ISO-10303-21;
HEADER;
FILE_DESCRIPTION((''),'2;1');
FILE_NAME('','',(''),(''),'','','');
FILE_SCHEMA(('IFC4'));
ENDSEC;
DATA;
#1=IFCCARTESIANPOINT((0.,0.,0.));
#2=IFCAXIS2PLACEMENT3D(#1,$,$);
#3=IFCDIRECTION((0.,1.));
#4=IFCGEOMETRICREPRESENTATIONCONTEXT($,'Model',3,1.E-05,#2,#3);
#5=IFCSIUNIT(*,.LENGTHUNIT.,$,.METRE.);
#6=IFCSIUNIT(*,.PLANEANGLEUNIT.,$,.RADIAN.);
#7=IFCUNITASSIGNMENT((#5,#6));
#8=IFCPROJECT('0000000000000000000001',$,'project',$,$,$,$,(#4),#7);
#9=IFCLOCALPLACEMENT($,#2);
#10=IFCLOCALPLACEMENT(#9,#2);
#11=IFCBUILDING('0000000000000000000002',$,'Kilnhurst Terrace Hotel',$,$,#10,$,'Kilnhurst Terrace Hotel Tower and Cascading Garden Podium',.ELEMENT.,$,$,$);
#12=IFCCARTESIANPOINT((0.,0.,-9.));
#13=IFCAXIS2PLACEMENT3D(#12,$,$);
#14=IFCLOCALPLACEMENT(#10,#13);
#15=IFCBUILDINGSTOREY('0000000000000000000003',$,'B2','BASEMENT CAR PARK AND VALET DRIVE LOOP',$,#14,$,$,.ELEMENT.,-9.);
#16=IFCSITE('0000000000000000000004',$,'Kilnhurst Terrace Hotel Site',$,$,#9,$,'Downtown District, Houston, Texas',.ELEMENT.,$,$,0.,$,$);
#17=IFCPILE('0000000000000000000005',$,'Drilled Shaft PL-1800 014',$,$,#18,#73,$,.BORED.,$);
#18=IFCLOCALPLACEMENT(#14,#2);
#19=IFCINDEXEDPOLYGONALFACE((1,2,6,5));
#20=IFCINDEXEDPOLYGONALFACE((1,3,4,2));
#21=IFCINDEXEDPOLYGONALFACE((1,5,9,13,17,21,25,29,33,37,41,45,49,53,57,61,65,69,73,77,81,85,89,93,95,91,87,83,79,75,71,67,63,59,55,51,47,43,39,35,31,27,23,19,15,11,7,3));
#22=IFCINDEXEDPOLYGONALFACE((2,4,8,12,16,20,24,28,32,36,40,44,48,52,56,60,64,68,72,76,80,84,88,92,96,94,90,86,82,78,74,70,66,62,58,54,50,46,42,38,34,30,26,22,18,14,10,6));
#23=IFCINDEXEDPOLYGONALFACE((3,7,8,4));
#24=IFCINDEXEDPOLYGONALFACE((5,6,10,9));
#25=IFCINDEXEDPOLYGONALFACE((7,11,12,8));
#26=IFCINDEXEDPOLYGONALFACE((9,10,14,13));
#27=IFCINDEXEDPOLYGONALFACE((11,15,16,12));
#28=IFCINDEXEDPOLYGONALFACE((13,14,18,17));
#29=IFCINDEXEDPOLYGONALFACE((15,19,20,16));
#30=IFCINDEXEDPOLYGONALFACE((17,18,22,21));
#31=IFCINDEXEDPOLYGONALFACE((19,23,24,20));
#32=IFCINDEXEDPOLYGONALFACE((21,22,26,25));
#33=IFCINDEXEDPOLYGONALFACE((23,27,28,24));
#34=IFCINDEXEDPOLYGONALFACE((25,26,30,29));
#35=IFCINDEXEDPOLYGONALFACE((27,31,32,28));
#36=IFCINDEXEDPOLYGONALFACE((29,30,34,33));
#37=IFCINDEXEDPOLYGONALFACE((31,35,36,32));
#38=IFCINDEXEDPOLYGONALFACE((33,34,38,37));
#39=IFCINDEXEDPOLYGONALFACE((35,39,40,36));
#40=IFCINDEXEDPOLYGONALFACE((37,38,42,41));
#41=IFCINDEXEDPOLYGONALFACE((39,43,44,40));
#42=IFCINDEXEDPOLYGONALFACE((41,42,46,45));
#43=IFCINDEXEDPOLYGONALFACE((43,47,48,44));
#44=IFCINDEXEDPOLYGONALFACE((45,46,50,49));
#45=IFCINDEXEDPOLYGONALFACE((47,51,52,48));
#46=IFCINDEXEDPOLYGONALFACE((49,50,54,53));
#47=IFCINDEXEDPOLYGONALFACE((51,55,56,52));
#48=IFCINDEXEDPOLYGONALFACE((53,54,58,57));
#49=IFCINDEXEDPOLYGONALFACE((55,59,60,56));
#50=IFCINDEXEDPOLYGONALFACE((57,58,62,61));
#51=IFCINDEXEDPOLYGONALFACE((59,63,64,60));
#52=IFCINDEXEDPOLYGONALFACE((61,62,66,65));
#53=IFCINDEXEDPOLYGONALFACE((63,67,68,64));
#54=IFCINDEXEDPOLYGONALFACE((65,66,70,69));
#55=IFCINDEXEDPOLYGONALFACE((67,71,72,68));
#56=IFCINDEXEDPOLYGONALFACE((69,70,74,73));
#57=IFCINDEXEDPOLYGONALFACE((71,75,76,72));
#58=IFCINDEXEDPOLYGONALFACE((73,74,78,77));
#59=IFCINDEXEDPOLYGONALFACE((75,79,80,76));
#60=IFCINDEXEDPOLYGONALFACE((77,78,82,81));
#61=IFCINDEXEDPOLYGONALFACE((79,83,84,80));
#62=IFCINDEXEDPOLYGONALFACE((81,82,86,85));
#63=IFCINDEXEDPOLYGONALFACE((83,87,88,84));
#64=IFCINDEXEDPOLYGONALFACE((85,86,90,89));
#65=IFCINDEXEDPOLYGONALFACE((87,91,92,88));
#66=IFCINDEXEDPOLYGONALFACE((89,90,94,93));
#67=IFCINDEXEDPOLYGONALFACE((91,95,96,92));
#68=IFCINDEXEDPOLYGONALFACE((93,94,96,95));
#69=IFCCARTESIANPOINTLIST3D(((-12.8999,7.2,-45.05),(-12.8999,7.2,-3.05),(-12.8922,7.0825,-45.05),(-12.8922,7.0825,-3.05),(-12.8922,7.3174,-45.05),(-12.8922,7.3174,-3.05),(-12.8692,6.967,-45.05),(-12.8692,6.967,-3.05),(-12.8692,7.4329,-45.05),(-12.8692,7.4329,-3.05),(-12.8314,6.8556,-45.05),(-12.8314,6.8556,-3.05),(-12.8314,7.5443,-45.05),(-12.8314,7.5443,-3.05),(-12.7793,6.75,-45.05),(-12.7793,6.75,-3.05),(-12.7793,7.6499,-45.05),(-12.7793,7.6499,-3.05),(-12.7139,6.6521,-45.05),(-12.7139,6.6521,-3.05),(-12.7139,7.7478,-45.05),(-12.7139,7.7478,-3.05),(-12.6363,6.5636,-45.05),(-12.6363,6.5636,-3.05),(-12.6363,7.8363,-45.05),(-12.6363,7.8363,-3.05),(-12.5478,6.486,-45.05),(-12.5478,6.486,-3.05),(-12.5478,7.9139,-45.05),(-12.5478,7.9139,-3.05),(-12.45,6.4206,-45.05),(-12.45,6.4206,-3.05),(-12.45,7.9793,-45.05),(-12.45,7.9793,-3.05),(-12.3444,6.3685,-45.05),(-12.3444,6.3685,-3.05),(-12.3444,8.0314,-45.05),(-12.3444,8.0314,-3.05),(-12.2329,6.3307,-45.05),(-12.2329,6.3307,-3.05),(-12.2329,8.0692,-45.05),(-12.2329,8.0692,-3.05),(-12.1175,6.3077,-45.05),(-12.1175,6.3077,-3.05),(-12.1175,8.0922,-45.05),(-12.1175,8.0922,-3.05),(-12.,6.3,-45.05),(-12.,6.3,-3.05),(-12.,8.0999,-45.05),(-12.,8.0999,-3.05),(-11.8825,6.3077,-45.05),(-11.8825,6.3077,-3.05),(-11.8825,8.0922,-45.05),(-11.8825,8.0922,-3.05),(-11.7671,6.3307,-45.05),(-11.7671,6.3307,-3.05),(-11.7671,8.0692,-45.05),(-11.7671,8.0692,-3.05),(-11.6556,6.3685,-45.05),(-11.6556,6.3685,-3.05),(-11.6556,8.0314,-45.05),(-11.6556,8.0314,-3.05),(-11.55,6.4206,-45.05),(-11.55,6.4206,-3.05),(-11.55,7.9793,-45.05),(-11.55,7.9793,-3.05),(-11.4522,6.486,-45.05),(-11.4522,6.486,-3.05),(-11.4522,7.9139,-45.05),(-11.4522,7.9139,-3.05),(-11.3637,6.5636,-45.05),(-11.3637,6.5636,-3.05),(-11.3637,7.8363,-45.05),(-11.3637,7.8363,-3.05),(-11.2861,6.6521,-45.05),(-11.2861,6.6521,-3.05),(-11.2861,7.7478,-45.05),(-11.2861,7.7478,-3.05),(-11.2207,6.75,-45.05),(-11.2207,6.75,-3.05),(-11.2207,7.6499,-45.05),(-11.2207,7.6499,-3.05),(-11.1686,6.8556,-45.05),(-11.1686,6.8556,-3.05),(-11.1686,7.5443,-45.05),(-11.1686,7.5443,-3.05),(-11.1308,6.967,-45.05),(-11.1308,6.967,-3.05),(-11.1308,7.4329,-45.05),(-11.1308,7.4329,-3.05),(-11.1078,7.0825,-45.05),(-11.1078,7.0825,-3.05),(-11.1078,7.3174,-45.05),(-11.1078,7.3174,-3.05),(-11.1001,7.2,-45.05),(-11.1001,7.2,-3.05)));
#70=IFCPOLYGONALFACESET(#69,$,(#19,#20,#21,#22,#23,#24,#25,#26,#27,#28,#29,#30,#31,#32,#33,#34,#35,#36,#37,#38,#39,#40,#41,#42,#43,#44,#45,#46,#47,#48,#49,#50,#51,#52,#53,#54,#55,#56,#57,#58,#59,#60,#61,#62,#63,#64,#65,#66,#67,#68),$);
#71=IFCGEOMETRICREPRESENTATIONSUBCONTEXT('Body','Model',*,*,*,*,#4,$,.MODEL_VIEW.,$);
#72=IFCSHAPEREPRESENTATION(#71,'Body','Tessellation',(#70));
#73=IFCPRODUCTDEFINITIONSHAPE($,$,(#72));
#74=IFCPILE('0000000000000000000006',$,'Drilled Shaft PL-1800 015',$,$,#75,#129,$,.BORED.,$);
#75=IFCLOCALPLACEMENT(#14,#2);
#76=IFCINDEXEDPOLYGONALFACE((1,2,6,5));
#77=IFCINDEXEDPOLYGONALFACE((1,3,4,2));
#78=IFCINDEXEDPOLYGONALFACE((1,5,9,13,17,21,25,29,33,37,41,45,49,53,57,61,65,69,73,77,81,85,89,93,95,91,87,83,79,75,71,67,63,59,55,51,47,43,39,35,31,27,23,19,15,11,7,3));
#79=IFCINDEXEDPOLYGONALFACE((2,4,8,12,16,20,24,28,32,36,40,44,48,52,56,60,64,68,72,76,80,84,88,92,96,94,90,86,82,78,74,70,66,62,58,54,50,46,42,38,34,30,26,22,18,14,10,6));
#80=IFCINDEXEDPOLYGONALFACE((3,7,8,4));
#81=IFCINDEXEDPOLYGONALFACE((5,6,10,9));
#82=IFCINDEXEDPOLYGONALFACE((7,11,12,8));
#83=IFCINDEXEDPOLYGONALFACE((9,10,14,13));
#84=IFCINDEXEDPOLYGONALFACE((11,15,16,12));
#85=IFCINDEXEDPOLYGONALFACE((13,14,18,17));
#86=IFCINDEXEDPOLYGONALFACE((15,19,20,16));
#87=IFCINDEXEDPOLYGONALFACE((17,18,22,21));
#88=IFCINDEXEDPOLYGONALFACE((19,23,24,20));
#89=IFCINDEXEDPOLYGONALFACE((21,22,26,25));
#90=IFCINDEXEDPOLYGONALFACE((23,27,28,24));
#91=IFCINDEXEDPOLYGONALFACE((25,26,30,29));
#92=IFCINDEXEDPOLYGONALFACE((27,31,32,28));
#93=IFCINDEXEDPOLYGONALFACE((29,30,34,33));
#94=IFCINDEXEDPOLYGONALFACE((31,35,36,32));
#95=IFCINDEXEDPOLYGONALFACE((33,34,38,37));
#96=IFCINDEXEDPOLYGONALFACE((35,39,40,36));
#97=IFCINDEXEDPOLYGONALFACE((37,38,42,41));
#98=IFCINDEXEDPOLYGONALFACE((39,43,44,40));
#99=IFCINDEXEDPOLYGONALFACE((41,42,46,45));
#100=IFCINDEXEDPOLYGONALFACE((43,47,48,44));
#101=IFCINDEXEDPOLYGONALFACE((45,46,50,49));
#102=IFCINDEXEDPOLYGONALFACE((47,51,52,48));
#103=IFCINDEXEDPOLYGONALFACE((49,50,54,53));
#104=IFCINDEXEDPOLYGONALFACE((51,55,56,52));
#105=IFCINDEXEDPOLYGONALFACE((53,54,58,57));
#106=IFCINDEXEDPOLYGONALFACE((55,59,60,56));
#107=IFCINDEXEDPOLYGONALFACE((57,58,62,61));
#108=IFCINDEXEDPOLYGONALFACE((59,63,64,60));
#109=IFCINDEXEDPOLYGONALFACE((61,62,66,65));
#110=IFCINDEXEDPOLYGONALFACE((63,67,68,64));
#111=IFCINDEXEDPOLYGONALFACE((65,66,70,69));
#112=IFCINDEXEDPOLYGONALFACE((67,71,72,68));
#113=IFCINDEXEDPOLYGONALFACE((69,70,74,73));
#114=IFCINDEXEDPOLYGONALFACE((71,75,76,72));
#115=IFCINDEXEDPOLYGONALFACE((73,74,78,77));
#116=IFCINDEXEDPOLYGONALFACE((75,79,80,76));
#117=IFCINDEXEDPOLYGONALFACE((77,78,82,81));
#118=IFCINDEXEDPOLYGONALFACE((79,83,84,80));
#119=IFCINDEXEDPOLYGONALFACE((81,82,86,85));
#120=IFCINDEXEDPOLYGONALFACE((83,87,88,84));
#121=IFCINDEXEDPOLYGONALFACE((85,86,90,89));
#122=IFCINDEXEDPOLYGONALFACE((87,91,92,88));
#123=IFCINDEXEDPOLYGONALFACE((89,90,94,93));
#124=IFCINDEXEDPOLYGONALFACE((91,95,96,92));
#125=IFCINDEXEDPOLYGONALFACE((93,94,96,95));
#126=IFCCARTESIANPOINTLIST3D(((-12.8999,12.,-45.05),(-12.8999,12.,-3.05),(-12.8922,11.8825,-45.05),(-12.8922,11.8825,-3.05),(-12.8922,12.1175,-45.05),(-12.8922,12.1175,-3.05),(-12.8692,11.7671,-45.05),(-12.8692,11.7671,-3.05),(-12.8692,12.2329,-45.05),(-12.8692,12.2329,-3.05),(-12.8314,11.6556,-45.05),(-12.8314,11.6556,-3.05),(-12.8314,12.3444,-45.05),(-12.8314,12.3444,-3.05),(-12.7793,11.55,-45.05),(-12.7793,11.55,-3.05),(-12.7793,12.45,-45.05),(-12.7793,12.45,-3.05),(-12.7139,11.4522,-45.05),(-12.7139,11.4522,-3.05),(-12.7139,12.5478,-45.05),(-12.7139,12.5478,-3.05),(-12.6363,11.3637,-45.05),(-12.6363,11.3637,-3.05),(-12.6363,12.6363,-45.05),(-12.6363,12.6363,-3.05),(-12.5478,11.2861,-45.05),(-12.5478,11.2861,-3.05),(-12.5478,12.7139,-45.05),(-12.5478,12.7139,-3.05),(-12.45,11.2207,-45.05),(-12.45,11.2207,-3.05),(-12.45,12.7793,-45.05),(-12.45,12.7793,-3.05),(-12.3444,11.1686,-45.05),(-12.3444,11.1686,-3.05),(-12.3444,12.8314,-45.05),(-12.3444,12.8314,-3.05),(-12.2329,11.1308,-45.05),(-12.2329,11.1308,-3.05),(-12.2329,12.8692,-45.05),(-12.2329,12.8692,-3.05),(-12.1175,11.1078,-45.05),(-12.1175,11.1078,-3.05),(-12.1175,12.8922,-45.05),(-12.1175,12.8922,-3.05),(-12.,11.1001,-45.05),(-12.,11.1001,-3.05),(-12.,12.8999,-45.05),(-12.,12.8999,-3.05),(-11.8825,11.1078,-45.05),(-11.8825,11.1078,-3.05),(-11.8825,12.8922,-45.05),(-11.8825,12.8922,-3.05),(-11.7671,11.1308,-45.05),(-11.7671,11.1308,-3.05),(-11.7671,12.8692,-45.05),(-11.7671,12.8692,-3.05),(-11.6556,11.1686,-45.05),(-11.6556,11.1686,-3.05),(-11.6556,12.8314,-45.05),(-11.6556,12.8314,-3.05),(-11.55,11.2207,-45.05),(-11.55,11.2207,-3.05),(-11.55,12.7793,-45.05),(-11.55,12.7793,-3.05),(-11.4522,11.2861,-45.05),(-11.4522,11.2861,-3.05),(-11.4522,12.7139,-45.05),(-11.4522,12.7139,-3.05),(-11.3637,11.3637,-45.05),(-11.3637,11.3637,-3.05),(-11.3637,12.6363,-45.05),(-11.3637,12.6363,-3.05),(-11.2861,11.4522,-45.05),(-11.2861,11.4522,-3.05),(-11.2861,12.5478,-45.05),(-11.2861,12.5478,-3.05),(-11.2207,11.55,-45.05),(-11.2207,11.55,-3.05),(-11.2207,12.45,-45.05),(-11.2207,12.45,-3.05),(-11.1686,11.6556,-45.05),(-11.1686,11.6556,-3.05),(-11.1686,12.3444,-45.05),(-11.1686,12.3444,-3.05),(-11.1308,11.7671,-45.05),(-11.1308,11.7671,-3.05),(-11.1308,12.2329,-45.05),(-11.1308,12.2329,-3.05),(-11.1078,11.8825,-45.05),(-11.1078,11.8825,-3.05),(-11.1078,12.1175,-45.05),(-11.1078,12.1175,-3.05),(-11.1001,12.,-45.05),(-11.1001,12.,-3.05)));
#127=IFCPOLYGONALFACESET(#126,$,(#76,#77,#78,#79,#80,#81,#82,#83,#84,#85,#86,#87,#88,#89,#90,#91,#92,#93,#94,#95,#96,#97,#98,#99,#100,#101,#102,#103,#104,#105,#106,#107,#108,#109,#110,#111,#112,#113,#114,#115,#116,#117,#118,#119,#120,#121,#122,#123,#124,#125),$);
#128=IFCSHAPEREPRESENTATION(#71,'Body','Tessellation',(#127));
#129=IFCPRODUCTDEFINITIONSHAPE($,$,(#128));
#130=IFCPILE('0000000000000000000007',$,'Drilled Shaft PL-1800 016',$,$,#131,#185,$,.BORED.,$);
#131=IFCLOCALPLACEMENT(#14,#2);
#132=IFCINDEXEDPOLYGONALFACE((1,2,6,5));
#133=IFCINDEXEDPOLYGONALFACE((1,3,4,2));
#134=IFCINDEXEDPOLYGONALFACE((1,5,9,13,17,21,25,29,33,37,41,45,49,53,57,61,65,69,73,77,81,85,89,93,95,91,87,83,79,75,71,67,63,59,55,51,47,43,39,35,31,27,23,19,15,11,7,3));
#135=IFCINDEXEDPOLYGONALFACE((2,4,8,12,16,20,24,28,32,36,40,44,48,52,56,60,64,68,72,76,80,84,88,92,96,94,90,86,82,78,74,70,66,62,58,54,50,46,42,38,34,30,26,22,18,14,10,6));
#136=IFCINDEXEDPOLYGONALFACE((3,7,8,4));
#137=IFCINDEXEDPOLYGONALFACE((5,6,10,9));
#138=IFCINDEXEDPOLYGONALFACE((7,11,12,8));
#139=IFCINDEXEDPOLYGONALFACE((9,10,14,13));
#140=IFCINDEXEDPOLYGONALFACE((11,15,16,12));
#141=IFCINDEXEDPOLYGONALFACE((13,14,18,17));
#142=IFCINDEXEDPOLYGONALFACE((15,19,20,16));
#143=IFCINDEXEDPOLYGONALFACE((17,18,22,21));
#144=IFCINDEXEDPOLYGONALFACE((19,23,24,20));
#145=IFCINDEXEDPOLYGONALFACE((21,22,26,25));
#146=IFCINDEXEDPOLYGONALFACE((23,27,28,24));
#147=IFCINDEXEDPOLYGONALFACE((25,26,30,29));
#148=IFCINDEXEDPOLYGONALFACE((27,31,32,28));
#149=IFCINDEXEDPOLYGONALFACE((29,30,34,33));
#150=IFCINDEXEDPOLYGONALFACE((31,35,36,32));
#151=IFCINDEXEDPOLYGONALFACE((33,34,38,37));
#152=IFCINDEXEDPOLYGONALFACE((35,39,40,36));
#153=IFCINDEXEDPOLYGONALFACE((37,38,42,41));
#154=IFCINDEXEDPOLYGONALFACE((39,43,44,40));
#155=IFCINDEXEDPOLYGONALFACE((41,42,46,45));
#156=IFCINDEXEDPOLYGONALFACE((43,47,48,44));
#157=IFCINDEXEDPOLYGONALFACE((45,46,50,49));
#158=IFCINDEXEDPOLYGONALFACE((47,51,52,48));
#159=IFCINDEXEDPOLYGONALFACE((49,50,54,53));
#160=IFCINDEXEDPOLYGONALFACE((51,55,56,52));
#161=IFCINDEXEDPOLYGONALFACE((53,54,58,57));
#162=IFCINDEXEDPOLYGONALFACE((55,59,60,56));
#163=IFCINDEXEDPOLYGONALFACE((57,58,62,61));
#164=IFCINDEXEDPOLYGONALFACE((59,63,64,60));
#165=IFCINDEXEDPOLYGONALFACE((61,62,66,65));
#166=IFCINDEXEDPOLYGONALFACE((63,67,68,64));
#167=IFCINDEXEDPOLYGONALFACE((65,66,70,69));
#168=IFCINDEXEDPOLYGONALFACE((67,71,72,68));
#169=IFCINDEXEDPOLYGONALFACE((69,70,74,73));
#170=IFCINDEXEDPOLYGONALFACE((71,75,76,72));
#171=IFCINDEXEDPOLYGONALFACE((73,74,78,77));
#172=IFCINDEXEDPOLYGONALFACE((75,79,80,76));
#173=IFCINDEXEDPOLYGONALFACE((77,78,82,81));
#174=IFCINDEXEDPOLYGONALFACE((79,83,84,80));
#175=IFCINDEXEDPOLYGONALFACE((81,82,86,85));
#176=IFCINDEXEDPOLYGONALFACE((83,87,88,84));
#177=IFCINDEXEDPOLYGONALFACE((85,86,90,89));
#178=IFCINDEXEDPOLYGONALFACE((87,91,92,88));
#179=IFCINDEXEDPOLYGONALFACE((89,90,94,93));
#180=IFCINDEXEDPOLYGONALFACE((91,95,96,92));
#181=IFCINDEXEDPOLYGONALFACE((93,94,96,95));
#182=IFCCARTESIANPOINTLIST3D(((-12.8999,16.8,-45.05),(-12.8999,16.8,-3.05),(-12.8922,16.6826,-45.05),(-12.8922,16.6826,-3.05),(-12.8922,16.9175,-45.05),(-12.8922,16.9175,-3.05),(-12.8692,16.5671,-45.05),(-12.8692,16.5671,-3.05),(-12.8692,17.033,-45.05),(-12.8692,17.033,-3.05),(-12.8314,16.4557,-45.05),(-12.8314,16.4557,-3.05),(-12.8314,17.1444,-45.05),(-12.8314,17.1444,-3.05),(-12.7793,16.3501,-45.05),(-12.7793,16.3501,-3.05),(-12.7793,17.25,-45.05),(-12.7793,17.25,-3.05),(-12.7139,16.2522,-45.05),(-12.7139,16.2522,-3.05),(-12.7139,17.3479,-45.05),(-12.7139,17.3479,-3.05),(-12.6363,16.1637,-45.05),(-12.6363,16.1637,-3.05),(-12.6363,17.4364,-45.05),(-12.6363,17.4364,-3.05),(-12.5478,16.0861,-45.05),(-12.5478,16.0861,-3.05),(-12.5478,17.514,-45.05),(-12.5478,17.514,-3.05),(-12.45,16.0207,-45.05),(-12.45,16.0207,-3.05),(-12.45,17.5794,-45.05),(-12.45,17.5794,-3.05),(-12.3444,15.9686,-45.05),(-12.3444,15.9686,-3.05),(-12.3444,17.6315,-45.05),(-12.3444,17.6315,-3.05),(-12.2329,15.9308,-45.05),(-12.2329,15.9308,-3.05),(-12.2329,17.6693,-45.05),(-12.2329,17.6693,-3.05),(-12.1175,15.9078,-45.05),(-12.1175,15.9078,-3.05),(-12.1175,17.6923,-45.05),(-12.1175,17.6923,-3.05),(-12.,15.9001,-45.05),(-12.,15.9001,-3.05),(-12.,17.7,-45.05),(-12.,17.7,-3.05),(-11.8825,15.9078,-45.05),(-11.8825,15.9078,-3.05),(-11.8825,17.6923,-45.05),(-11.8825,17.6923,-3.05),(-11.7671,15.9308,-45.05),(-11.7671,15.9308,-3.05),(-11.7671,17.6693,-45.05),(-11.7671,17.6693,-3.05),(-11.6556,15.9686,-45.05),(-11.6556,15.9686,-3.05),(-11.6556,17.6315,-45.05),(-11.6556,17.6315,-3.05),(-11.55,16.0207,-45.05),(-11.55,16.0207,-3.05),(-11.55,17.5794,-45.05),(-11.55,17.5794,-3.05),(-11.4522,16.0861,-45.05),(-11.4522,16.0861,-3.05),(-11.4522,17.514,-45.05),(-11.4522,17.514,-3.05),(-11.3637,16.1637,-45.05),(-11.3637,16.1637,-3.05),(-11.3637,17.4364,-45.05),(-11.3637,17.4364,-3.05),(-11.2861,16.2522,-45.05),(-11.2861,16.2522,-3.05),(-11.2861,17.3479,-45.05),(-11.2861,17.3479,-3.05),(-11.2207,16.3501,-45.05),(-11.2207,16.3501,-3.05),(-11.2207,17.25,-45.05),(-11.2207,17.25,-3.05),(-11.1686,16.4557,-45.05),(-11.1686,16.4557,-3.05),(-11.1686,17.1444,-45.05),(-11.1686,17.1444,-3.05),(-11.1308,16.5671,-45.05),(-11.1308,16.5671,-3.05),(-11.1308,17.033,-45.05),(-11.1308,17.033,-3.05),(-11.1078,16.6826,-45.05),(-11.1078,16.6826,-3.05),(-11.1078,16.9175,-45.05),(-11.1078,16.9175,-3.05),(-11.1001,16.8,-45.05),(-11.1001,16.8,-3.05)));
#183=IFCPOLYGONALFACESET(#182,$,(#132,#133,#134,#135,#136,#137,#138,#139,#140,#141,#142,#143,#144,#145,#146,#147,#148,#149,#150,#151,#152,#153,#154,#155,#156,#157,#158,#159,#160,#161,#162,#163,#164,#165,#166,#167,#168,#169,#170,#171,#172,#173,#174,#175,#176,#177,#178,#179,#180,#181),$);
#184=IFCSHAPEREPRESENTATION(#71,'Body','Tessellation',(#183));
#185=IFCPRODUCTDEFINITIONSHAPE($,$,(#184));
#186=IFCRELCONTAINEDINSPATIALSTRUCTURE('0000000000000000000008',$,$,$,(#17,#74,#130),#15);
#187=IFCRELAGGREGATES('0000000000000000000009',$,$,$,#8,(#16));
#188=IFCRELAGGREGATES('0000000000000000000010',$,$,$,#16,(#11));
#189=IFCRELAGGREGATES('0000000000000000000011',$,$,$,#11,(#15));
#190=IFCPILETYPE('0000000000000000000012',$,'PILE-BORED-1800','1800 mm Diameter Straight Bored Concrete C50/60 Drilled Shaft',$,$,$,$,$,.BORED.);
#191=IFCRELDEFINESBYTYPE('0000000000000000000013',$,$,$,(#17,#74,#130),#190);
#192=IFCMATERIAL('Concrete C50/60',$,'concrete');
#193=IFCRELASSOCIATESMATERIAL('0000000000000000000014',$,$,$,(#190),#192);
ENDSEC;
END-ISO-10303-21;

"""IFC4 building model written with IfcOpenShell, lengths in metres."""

from ifc_helpers import new_model, si_unit, direction, frame, origin, origin_2d, place, context, subcontext, project, spatial, circle, extrude, material, material_profile, profile_set, type_object, element, save


model = new_model("IFC4")

# Units and contexts
model_context = context("Model", 3, precision=1e-05, world=origin(), true_north=direction((0.0, 1.0)))
body_context = subcontext(model_context, "Body", "Model", "MODEL_VIEW")
ifc_project = project(units=[si_unit("LENGTHUNIT", "METRE"), si_unit("PLANEANGLEUNIT", "RADIAN")], contexts=[model_context])

# Site, building, storey
site_placement = place(None, origin())
site = spatial("IfcSite", under=ifc_project, at=site_placement, Name="Kilnhurst Terrace Hotel Site", LongName="Downtown District, Houston, Texas", CompositionType="ELEMENT", RefElevation=0.0)
building_placement = place(site_placement, origin())
building = spatial("IfcBuilding", under=site, at=building_placement, Name="Kilnhurst Terrace Hotel", LongName="Kilnhurst Terrace Hotel Tower and Cascading Garden Podium", CompositionType="ELEMENT")
storey_placement = place(building_placement, frame((0.0, 0.0, -9.0)))
storey = spatial("IfcBuildingStorey", under=building, at=storey_placement, Name="B2", Description="BASEMENT CAR PARK AND VALET DRIVE LOOP", CompositionType="ELEMENT", Elevation=-9.0)

# Piles
ifc_material_1 = material(Name="Concrete C50/60", Category="concrete")
ifc_material_profile_1 = material_profile(ifc_material_1, circle(Radius=0.8999, at=origin_2d()), Name="PILE1800")
ifc_profile_set_1 = profile_set([ifc_material_profile_1], Name="Concrete C50/60")
pile_type_1 = type_object("IfcPileType", Name="PILE-BORED-1800", Description="1800 mm Diameter Straight Bored Concrete C50/60 Drilled Shaft", PredefinedType="BORED", material=ifc_profile_set_1)
for number, where, z_axis, x_axis, name in (
    (1, (-12.0, 7.2, -3.05), (0.0, 0.0, -1.0), (1.0, 0.0, 0.0), "Drilled Shaft PL-1800 014"),
    (2, (-12.0, 12.0, -3.05), (0.0, 0.0, -1.0), (1.0, 0.0, 0.0), "Drilled Shaft PL-1800 015"),
    (3, (-12.0, 16.8, -3.05), (0.0, 0.0, -1.0), (1.0, 0.0, 0.0), "Drilled Shaft PL-1800 016"),
):
    element("IfcPile", number, at=place(storey_placement, frame(where, z_axis=z_axis, x_axis=x_axis)), inside=storey, type_object=pile_type_1, Name=name, PredefinedType="BORED", context=body_context, shape_type="SweptSolid", body=[
        extrude(circle(Radius=0.8999, at=origin_2d()), origin(), (0.0, 0.0, 1.0), 42.0),
    ])

save(model, "model.ifc")
